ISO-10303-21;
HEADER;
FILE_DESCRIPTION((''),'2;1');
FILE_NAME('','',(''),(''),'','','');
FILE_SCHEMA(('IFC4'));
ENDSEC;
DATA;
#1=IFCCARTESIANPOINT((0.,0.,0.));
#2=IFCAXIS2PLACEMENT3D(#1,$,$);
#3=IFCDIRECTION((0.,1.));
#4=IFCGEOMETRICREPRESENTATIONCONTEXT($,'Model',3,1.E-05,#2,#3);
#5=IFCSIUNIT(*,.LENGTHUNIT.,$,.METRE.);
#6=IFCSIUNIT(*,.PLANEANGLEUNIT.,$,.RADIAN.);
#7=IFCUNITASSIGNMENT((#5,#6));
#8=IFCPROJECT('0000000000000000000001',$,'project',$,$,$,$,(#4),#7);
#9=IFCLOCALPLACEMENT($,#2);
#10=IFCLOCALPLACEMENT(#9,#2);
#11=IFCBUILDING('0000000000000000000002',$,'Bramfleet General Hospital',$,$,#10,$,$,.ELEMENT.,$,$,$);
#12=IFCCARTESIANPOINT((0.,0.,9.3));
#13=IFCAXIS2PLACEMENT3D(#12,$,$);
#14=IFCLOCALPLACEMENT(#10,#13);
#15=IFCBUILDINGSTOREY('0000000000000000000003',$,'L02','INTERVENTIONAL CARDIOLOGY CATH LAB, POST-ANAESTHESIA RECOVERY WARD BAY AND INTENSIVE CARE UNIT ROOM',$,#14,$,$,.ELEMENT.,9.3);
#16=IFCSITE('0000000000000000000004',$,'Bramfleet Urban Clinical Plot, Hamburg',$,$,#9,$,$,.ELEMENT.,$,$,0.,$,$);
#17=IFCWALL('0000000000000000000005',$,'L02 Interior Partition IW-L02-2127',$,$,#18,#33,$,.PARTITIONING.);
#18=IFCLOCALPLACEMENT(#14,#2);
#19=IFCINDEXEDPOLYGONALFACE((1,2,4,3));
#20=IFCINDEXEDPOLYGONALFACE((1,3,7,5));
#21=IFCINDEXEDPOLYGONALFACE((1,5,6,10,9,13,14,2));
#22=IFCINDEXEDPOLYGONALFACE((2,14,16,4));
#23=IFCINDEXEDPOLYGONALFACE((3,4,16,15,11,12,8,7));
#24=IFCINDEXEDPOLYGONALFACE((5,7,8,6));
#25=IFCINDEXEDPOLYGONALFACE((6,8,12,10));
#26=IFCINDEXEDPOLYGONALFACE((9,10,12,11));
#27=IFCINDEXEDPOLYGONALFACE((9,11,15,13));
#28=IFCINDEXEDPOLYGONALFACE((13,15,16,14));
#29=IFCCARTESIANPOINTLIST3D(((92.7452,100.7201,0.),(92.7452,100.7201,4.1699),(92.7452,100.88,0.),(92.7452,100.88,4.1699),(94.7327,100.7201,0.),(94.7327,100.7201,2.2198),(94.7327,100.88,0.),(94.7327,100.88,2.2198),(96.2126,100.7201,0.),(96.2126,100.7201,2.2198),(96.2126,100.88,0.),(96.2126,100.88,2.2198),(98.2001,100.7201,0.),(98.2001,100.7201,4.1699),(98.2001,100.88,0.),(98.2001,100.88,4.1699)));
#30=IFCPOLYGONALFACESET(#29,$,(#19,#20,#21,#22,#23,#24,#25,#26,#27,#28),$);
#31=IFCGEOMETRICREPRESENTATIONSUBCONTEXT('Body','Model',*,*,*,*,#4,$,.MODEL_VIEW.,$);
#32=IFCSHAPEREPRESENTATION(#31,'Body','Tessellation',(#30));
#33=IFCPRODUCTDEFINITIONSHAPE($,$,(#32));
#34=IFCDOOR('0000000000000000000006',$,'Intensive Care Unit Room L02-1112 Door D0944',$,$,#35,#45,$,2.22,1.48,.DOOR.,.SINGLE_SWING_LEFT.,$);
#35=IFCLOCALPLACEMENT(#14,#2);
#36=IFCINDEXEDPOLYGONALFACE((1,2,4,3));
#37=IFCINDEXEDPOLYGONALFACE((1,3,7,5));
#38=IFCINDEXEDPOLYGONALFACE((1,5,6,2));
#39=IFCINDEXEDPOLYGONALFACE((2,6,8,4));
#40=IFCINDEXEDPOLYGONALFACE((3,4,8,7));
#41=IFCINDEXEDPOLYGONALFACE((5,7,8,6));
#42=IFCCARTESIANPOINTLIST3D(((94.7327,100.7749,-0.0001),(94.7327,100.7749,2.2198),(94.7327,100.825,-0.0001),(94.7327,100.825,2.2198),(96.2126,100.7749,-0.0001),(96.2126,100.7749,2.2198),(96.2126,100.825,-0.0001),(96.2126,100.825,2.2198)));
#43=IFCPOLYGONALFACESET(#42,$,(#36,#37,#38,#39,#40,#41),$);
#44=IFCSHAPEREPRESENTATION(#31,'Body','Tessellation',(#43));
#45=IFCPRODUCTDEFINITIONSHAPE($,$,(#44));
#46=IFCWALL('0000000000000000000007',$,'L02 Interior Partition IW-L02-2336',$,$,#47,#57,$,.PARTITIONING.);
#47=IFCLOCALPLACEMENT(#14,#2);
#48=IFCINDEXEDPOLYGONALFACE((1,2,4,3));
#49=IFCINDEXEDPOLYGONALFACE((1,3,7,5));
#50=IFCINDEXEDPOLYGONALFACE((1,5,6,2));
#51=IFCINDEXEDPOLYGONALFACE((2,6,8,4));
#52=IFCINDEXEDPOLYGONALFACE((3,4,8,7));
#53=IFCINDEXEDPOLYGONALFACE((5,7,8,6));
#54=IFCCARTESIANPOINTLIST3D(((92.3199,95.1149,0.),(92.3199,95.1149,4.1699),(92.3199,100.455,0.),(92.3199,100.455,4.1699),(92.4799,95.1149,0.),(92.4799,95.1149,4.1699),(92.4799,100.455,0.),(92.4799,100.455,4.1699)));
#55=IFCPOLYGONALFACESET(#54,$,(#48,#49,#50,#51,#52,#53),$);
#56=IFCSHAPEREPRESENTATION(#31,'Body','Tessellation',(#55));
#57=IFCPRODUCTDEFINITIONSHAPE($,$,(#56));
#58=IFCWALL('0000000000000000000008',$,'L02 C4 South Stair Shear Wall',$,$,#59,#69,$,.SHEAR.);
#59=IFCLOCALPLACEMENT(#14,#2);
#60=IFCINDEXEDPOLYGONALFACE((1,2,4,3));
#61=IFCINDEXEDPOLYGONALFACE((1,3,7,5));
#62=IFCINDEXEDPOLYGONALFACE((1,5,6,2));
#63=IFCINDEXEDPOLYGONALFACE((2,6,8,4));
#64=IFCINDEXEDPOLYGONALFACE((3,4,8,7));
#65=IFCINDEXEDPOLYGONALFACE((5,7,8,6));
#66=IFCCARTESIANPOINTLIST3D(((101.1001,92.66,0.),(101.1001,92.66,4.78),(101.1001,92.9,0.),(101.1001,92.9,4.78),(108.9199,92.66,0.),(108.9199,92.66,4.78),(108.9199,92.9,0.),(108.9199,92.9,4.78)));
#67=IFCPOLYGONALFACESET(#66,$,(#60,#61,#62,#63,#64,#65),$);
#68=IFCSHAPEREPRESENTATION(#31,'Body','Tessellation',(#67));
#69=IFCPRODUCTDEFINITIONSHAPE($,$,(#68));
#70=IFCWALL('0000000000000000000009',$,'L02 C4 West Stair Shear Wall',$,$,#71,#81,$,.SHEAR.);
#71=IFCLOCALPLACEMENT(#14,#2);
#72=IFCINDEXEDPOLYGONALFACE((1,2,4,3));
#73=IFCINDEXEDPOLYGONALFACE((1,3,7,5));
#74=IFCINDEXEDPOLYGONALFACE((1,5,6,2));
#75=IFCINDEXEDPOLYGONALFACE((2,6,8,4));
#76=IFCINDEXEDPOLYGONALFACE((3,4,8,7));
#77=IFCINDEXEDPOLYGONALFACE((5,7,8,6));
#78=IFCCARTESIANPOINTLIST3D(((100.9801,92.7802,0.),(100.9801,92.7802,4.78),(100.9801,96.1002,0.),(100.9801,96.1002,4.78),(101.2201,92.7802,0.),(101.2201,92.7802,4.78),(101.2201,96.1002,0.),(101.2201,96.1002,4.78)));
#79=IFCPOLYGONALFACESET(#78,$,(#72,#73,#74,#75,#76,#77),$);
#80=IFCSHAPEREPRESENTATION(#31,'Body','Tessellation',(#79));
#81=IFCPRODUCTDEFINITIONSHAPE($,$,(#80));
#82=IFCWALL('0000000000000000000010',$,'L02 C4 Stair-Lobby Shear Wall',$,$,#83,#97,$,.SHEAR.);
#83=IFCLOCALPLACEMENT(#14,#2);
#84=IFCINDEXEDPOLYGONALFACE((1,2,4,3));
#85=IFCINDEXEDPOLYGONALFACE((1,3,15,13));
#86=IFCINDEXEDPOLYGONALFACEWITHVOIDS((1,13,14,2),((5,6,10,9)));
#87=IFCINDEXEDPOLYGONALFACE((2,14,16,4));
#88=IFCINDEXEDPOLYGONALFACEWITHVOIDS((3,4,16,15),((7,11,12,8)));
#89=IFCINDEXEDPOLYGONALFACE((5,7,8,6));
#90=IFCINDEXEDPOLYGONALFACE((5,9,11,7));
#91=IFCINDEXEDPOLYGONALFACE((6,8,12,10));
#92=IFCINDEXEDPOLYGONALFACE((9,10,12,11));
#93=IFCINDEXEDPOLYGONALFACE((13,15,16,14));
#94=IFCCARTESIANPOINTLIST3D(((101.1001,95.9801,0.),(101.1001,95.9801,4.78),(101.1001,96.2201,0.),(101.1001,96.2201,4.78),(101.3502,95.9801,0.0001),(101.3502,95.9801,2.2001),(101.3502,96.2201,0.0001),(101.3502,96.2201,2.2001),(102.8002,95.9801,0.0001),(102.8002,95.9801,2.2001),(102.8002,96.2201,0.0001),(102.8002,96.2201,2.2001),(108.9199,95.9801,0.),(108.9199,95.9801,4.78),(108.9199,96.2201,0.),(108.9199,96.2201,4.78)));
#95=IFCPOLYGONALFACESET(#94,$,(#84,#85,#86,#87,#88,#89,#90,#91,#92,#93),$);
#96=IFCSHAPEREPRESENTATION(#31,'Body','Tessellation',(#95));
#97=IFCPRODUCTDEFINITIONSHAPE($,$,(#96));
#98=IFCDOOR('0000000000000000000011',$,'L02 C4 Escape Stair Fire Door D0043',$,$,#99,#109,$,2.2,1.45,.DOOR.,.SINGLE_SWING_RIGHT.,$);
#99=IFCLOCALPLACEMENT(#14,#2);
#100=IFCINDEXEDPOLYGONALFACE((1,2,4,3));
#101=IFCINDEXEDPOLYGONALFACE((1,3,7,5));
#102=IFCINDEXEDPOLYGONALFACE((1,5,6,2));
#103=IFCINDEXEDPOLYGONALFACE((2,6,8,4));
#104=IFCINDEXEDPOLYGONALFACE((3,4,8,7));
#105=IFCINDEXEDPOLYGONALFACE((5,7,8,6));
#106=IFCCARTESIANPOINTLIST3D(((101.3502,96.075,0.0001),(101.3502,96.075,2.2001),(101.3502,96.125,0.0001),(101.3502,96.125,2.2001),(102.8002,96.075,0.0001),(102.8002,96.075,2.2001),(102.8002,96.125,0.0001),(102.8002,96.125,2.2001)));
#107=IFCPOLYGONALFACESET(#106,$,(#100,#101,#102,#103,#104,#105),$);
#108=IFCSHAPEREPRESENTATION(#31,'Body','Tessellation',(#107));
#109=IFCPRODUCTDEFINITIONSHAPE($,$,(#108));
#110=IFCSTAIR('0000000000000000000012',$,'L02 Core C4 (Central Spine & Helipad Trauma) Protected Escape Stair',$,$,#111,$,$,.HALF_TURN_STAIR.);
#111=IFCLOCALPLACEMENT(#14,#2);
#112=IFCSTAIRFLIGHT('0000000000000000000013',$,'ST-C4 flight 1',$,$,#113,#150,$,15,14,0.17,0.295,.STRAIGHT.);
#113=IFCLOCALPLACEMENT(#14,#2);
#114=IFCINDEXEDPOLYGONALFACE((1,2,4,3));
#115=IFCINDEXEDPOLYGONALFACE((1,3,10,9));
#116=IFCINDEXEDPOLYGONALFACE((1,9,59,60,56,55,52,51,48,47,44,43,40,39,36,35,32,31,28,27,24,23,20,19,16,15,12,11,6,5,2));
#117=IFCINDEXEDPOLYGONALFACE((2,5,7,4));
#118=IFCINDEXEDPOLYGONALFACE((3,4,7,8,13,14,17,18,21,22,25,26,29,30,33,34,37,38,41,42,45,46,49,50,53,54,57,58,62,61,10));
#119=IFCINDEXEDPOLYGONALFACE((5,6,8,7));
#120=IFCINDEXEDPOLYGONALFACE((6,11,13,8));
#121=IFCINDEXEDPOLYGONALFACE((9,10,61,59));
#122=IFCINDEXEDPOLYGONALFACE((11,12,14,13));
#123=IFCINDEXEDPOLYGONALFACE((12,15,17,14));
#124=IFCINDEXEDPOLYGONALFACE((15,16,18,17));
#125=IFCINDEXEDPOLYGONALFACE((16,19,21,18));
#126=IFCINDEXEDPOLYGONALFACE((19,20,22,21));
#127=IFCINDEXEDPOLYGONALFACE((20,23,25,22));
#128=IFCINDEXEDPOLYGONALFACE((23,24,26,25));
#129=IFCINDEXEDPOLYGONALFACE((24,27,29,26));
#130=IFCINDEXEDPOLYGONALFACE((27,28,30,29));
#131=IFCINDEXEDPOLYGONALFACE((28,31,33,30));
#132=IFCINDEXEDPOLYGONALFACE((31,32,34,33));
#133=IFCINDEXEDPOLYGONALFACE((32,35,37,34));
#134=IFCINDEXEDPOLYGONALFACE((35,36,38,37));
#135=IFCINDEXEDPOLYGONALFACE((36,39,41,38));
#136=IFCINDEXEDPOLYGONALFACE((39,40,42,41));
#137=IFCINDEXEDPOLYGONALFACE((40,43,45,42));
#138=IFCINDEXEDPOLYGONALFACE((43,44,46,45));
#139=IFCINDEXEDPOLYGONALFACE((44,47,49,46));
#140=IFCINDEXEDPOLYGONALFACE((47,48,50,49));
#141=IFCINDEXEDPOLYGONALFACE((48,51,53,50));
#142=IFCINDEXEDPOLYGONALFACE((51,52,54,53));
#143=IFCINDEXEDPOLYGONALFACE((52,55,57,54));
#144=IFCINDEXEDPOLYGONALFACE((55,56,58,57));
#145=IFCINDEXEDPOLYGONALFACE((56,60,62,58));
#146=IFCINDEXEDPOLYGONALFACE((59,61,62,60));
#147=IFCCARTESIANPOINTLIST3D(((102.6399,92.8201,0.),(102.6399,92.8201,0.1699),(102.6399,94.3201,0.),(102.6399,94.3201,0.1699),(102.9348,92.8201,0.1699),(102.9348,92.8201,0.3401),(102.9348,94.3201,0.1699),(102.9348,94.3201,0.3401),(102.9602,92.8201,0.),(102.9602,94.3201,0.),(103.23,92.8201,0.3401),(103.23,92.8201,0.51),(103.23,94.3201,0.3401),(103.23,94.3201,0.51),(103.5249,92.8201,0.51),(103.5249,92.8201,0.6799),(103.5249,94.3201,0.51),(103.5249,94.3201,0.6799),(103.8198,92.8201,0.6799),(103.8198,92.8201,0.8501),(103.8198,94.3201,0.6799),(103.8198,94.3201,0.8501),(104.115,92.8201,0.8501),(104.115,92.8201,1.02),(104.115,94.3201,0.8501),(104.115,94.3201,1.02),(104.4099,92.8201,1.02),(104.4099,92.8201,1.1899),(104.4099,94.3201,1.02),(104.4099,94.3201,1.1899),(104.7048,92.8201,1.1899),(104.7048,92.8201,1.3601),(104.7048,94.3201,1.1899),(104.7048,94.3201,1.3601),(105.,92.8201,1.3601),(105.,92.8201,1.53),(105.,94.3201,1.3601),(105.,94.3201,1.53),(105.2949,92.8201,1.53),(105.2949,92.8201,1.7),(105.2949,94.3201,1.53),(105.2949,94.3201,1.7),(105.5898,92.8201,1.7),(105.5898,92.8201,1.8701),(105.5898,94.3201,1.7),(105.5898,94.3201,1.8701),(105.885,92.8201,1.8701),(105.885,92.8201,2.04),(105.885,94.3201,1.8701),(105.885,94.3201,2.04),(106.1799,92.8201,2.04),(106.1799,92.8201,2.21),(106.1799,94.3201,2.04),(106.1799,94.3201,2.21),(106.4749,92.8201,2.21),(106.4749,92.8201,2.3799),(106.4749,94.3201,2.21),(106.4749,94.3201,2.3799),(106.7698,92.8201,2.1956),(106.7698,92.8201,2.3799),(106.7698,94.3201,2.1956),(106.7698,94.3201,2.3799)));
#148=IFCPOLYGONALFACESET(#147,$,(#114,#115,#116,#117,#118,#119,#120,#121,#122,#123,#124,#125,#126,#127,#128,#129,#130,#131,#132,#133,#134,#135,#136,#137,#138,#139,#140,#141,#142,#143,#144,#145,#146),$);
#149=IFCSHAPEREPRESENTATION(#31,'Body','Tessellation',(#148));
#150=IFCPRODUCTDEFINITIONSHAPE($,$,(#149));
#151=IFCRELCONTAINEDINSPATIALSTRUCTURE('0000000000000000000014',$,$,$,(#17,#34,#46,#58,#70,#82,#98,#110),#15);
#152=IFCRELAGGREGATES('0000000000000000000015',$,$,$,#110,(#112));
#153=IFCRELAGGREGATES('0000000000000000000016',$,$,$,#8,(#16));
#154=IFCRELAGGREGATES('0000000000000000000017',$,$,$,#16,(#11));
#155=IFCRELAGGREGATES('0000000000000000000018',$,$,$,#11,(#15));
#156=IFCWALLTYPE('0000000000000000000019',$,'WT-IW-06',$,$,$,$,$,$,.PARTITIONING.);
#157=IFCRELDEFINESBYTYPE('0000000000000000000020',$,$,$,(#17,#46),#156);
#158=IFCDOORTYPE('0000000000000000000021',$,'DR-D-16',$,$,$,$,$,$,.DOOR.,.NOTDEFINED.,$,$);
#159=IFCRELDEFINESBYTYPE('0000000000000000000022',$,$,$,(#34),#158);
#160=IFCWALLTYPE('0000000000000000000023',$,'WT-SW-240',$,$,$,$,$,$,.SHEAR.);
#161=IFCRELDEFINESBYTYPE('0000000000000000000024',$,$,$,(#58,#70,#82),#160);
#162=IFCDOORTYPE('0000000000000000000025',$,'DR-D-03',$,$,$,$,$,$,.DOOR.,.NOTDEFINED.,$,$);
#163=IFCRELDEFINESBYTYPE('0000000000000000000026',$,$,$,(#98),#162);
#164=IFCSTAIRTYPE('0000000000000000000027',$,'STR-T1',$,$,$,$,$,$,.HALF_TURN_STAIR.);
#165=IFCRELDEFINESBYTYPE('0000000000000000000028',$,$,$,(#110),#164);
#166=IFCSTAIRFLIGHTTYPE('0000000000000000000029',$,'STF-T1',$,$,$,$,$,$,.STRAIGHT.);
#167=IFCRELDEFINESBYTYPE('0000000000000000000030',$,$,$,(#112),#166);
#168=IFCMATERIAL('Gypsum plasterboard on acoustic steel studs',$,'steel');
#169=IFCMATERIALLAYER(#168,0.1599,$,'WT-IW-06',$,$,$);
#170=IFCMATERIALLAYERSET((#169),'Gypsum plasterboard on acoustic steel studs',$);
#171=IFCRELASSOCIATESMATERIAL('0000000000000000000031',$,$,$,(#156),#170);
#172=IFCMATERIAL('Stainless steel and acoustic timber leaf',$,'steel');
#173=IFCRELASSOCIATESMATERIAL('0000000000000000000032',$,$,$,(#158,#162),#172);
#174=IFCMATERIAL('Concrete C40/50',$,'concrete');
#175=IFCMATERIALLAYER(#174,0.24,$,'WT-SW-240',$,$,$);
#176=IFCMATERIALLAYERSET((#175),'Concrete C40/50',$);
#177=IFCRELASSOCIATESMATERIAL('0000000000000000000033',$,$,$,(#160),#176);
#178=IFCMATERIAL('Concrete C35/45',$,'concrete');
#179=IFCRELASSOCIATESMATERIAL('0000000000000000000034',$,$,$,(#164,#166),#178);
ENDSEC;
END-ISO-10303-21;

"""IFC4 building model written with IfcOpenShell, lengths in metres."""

from ifc_helpers import new_model, si_unit, direction, frame, frame_2d, origin, place, context, subcontext, project, spatial, polyline, rectangle, outline, extrude, material, layer, layer_set, type_object, element, fill, aggregate, save


model = new_model("IFC4")

# Units and contexts
model_context = context("Model", 3, precision=1e-05, world=origin(), true_north=direction((0.0, 1.0)))
body_context = subcontext(model_context, "Body", "Model", "MODEL_VIEW")
ifc_project = project(units=[si_unit("LENGTHUNIT", "METRE"), si_unit("PLANEANGLEUNIT", "RADIAN")], contexts=[model_context])

# Site, building, storey
site_placement = place(None, origin())
site = spatial("IfcSite", under=ifc_project, at=site_placement, Name="Bramfleet Urban Clinical Plot, Hamburg", CompositionType="ELEMENT", RefElevation=0.0)
building_placement = place(site_placement, origin())
building = spatial("IfcBuilding", under=site, at=building_placement, Name="Bramfleet General Hospital", CompositionType="ELEMENT")
storey_placement = place(building_placement, frame((0.0, 0.0, 9.3)))
storey = spatial("IfcBuildingStorey", under=building, at=storey_placement, Name="L02", Description="INTERVENTIONAL CARDIOLOGY CATH LAB, POST-ANAESTHESIA RECOVERY WARD BAY AND INTENSIVE CARE UNIT ROOM", CompositionType="ELEMENT", Elevation=9.3)

# Shared definitions
ifc_material_1 = material(Name="Concrete C40/50", Category="concrete")

# Shared definitions
ifc_material_2 = material(Name="Concrete C35/45", Category="concrete")

# Wall, opening, door
ifc_material_3 = material(Name="Stainless steel and acoustic timber leaf", Category="steel")
ifc_material_4 = material(Name="Gypsum plasterboard on acoustic steel studs", Category="steel")
ifc_layer_1 = layer(ifc_material_4, 0.1599, Name="WT-IW-06")
ifc_layer_set_1 = layer_set([ifc_layer_1], Name="Gypsum plasterboard on acoustic steel studs")
wall_type_1 = type_object("IfcWallType", Name="WT-IW-06", PredefinedType="PARTITIONING", material=ifc_layer_set_1)
wall_1_placement = place(storey_placement, frame((92.7451, 100.8, 0.0), z_axis=(0.0, 0.0, 1.0), x_axis=(1.0, 0.0, 0.0)))
wall_1 = element("IfcWall", 1, at=wall_1_placement, inside=storey, type_object=wall_type_1, Name="L02 Interior Partition IW-L02-2127", PredefinedType="PARTITIONING", context=body_context, shape_type="SweptSolid", body=[
    extrude(rectangle(XDim=5.4548, YDim=0.1599, at=frame_2d((2.7275, 0.0))), origin(), (0.0, 0.0, 1.0), 4.1699),
])
opening_1_placement = place(wall_1_placement, frame((1.9875, 0.0, 0.0)))
opening_1 = element("IfcOpeningElement", 2, at=opening_1_placement, cuts=wall_1, PredefinedType="OPENING", context=body_context, shape_type="SweptSolid", body=[
    extrude(rectangle(XDim=1.48, YDim=2.22, at=frame_2d((0.74, 1.1099))), frame((0.0, 0.0898, 0.0), z_axis=(0.0, -1.0, 0.0), x_axis=(1.0, 0.0, 0.0)), (0.0, 0.0, 1.0), 0.1799),
])
door_type_1 = type_object("IfcDoorType", Name="DR-D-16", OperationType="NOTDEFINED", PredefinedType="DOOR", material=ifc_material_3)
door_1_placement = place(opening_1_placement, origin())
door_1 = element("IfcDoor", 3, at=door_1_placement, inside=storey, type_object=door_type_1, Name="Intensive Care Unit Room L02-1112 Door D0944", OperationType="SINGLE_SWING_LEFT", OverallHeight=2.22, OverallWidth=1.48, PredefinedType="DOOR", context=body_context, shape_type="SweptSolid", body=[
    extrude(rectangle(XDim=1.48, YDim=2.22, at=frame_2d((0.74, 1.1099))), frame((0.0, 0.0249, 0.0), z_axis=(0.0, -1.0, 0.0), x_axis=(1.0, 0.0, 0.0)), (0.0, 0.0, 1.0), 0.05),
])
fill(opening_1, door_1)

# Walls
wall_2_placement = place(storey_placement, frame((92.3999, 95.115, 0.0), z_axis=(0.0, 0.0, 1.0), x_axis=(0.0, 1.0, 0.0)))
element("IfcWall", 4, at=wall_2_placement, inside=storey, type_object=wall_type_1, Name="L02 Interior Partition IW-L02-2336", PredefinedType="PARTITIONING", context=body_context, shape_type="SweptSolid", body=[
    extrude(rectangle(XDim=5.3401, YDim=0.1599, at=frame_2d((2.6699, 0.0))), origin(), (0.0, 0.0, 1.0), 4.1699),
])
ifc_layer_2 = layer(ifc_material_1, 0.24, Name="WT-SW-240")
ifc_layer_set_2 = layer_set([ifc_layer_2], Name="Concrete C40/50")
wall_type_2 = type_object("IfcWallType", Name="WT-SW-240", PredefinedType="SHEAR", material=ifc_layer_set_2)
wall_3_placement = place(storey_placement, frame((101.1001, 92.78, 0.0), z_axis=(0.0, 0.0, 1.0), x_axis=(1.0, 0.0, 0.0)))
element("IfcWall", 5, at=wall_3_placement, inside=storey, type_object=wall_type_2, Name="L02 C4 South Stair Shear Wall", PredefinedType="SHEAR", context=body_context, shape_type="SweptSolid", body=[
    extrude(rectangle(XDim=7.8198, YDim=0.24, at=frame_2d((3.9099, 0.0))), origin(), (0.0, 0.0, 1.0), 4.78),
])
wall_4_placement = place(storey_placement, frame((101.1001, 92.78, 0.0), z_axis=(0.0, 0.0, 1.0), x_axis=(0.0, 1.0, 0.0)))
element("IfcWall", 6, at=wall_4_placement, inside=storey, type_object=wall_type_2, Name="L02 C4 West Stair Shear Wall", PredefinedType="SHEAR", context=body_context, shape_type="SweptSolid", body=[
    extrude(rectangle(XDim=3.3201, YDim=0.24, at=frame_2d((1.6602, 0.0))), origin(), (0.0, 0.0, 1.0), 4.78),
])

# Wall, opening, door
wall_5_placement = place(storey_placement, frame((101.1001, 96.1001, 0.0), z_axis=(0.0, 0.0, 1.0), x_axis=(1.0, 0.0, 0.0)))
wall_5 = element("IfcWall", 7, at=wall_5_placement, inside=storey, type_object=wall_type_2, Name="L02 C4 Stair-Lobby Shear Wall", PredefinedType="SHEAR", context=body_context, shape_type="SweptSolid", body=[
    extrude(rectangle(XDim=7.8198, YDim=0.24, at=frame_2d((3.9099, 0.0))), origin(), (0.0, 0.0, 1.0), 4.78),
])
opening_2_placement = place(wall_5_placement, frame((0.25, 0.0, 0.0)))
opening_2 = element("IfcOpeningElement", 8, at=opening_2_placement, cuts=wall_5, PredefinedType="OPENING", context=body_context, shape_type="SweptSolid", body=[
    extrude(rectangle(XDim=1.45, YDim=2.2, at=frame_2d((0.7251, 1.1001))), frame((0.0, 0.1299, 0.0), z_axis=(0.0, -1.0, 0.0), x_axis=(1.0, 0.0, 0.0)), (0.0, 0.0, 1.0), 0.26),
])
door_type_2 = type_object("IfcDoorType", Name="DR-D-03", OperationType="NOTDEFINED", PredefinedType="DOOR", material=ifc_material_3)
door_2_placement = place(opening_2_placement, origin())
door_2 = element("IfcDoor", 9, at=door_2_placement, inside=storey, type_object=door_type_2, Name="L02 C4 Escape Stair Fire Door D0043", OperationType="SINGLE_SWING_RIGHT", OverallHeight=2.2, OverallWidth=1.45, PredefinedType="DOOR", context=body_context, shape_type="SweptSolid", body=[
    extrude(rectangle(XDim=1.45, YDim=2.2, at=frame_2d((0.7251, 1.1001))), frame((0.0, 0.0249, 0.0), z_axis=(0.0, -1.0, 0.0), x_axis=(1.0, 0.0, 0.0)), (0.0, 0.0, 1.0), 0.05),
])
fill(opening_2, door_2)

# Stair, stair flight
stair_type = type_object("IfcStairType", Name="STR-T1", PredefinedType="HALF_TURN_STAIR", material=ifc_material_2)
stair_placement = place(storey_placement, origin())
stair = element("IfcStair", 10, at=stair_placement, inside=storey, type_object=stair_type, Name="L02 Core C4 (Central Spine & Helipad Trauma) Protected Escape Stair", PredefinedType="HALF_TURN_STAIR")
stair_flight_type = type_object("IfcStairFlightType", Name="STF-T1", PredefinedType="STRAIGHT", material=ifc_material_2)
stair_flight_placement = place(storey_placement, frame((102.6399, 93.5701, 0.0), z_axis=(0.0, 0.0, 1.0), x_axis=(1.0, 0.0, 0.0)))
stair_flight = element("IfcStairFlight", 11, at=stair_flight_placement, type_object=stair_flight_type, Name="ST-C4 flight 1", NumberOfRisers=15, NumberOfTreads=14, PredefinedType="STRAIGHT", RiserHeight=0.17, TreadLength=0.295, context=body_context, shape_type="SweptSolid", body=[
    extrude(outline(polyline([(0.0, 0.0), (0.0, 0.1699), (0.2949, 0.1699), (0.2949, 0.3401), (0.5901, 0.3401), (0.5901, 0.51), (0.885, 0.51), (0.885, 0.6799), (1.1799, 0.6799), (1.1799, 0.8501), (1.4751, 0.8501), (1.4751, 1.02), (1.77, 1.02), (1.77, 1.1899), (2.0649, 1.1899), (2.0649, 1.3601), (2.3601, 1.3601), (2.3601, 1.53), (2.655, 1.53), (2.655, 1.7), (2.95, 1.7), (2.95, 1.8701), (3.2451, 1.8701), (3.2451, 2.04), (3.54, 2.04), (3.54, 2.21), (3.835, 2.21), (3.835, 2.3799), (4.1299, 2.3799), (4.1299, 2.55), (4.1299, 2.1956), (0.3203, 0.0), (0.0, 0.0)])), frame((0.0, 0.75, 0.0), z_axis=(0.0, -1.0, 0.0), x_axis=(1.0, 0.0, 0.0)), (0.0, 0.0, 1.0), 1.5),
])
aggregate(stair, [stair_flight])

save(model, "model.ifc")
